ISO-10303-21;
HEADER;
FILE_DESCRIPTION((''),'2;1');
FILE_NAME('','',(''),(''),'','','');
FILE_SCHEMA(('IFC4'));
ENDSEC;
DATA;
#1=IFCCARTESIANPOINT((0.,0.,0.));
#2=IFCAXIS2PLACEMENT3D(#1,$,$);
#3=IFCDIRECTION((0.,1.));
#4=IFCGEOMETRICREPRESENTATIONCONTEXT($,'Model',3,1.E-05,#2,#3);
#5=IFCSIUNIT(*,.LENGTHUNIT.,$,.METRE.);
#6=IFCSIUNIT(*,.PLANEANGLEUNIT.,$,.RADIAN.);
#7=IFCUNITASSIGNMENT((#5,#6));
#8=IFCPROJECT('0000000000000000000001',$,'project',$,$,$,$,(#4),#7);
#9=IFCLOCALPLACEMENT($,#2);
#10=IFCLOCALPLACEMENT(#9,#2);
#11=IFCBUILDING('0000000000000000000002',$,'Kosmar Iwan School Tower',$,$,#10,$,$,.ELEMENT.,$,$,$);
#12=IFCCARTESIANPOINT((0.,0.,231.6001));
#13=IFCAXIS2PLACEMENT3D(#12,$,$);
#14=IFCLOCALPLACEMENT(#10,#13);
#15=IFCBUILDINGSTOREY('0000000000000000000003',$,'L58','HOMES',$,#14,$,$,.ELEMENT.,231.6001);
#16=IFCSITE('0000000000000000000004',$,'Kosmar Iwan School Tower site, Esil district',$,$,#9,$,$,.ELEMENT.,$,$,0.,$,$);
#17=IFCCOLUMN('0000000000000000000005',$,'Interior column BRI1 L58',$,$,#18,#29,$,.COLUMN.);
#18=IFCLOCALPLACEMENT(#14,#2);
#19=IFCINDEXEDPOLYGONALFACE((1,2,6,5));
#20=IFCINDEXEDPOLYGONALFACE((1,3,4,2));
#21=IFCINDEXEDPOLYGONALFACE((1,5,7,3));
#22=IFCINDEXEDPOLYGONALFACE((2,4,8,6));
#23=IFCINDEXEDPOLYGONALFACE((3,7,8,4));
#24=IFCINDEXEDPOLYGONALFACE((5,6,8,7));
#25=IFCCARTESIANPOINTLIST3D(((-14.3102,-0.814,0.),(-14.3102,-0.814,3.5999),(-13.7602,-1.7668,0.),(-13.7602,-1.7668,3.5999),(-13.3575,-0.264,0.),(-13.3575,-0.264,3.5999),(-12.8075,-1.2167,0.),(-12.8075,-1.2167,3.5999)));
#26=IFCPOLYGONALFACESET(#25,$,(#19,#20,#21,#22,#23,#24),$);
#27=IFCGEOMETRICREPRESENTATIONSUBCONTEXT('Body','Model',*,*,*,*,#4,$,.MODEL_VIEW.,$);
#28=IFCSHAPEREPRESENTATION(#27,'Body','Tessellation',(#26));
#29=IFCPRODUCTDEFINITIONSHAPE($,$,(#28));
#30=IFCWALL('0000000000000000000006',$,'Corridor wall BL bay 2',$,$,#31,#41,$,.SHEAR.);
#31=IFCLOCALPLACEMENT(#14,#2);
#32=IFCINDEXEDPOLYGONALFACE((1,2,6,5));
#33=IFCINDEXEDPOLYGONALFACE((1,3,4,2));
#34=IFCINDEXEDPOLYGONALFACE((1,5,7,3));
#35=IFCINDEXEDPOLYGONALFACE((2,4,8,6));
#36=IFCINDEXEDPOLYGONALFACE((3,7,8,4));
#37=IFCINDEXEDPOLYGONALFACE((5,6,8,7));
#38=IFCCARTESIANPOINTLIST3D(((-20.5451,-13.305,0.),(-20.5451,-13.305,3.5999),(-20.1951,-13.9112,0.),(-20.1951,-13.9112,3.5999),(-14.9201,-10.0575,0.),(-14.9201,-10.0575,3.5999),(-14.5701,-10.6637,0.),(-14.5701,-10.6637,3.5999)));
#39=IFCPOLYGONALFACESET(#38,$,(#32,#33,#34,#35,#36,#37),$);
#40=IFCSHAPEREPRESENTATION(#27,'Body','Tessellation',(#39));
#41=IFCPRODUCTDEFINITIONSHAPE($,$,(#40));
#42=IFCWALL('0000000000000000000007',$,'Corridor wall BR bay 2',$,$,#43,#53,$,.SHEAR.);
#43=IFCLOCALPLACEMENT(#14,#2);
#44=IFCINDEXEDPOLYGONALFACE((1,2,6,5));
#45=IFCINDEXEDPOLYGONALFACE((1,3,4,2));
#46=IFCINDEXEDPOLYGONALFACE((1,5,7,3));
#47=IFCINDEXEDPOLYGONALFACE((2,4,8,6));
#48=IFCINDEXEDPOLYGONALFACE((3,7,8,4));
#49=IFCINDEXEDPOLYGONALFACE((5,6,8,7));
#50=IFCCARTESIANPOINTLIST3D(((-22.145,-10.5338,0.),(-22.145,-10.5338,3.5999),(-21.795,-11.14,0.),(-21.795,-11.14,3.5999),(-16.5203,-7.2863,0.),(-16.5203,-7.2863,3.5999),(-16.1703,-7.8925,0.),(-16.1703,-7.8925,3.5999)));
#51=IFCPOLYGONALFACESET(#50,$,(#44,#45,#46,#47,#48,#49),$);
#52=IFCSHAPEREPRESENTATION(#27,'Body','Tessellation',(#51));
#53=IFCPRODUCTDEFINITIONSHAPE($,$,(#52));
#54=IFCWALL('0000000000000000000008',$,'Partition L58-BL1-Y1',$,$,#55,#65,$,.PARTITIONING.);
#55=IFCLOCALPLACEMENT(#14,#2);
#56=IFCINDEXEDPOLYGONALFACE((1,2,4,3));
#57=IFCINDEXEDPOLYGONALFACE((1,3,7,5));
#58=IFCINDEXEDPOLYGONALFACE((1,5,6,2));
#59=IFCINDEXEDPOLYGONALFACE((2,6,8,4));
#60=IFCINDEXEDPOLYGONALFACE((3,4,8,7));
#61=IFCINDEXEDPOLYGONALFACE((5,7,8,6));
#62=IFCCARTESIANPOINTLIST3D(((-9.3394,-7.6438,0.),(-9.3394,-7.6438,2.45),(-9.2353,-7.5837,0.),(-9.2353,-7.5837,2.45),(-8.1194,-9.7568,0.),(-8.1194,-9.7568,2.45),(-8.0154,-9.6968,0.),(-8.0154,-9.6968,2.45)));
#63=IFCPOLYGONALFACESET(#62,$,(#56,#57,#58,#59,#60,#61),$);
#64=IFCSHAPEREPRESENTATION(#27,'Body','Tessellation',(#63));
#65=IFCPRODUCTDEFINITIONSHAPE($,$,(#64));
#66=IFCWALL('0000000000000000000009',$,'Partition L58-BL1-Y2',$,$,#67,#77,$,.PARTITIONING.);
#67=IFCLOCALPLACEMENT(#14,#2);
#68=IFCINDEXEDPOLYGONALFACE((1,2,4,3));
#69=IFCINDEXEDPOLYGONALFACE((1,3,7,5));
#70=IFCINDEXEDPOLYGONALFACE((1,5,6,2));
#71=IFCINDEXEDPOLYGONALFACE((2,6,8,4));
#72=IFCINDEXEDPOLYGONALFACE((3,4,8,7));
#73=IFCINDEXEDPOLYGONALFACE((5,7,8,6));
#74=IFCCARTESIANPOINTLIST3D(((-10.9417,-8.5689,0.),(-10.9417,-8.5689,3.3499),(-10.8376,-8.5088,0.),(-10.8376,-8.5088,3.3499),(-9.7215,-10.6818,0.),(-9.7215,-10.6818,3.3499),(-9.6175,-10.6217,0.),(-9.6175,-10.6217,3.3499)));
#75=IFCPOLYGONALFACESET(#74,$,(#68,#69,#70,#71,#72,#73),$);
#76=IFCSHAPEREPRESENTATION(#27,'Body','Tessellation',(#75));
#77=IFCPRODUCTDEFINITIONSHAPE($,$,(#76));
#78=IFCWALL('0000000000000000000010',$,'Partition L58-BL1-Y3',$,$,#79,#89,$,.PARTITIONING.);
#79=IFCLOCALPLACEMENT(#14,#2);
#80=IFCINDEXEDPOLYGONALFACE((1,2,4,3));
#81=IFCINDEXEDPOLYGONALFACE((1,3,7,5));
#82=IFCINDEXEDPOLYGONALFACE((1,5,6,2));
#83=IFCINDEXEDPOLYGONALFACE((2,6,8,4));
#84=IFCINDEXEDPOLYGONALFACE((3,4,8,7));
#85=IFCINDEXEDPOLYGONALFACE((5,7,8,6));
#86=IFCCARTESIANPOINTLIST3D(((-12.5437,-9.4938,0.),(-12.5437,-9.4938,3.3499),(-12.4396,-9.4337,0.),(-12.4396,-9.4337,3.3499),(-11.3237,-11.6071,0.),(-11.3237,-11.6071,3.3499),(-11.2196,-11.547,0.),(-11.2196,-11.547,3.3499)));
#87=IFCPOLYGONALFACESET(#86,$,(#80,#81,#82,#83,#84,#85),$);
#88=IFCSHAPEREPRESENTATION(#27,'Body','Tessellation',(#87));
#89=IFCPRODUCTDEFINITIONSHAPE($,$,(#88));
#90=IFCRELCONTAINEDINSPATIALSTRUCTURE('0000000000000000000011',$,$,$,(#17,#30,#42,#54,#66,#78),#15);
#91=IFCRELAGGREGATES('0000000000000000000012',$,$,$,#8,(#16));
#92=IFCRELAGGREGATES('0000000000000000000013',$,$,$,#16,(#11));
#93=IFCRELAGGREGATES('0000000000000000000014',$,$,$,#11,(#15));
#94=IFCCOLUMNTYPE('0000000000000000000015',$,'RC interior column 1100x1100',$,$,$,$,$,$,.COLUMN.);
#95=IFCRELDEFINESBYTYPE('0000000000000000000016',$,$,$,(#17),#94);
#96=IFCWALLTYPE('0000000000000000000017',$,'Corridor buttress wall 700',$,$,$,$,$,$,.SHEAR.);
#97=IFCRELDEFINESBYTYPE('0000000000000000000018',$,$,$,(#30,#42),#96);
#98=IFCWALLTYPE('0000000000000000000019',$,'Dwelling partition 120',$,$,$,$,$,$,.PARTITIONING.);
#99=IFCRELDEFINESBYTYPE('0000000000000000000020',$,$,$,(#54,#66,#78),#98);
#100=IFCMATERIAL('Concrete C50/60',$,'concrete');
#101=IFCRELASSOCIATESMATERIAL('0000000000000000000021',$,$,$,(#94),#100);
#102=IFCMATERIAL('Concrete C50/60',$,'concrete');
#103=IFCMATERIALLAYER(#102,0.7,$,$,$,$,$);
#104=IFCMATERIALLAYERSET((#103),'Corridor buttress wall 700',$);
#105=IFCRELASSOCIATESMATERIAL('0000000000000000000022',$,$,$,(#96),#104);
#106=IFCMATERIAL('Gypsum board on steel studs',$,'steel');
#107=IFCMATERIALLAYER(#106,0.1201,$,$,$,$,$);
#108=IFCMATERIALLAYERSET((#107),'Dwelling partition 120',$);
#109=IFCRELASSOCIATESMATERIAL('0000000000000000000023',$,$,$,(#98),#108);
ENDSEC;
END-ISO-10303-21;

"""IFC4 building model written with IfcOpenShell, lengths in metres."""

from ifc_helpers import new_model, si_unit, direction, frame, frame_2d, origin, origin_2d, place, context, subcontext, project, spatial, rectangle, extrude, material, layer, layer_set, material_profile, profile_set, type_object, element, save


model = new_model("IFC4")

# Units and contexts
model_context = context("Model", 3, precision=1e-05, world=origin(), true_north=direction((0.0, 1.0)))
body_context = subcontext(model_context, "Body", "Model", "MODEL_VIEW")
ifc_project = project(units=[si_unit("LENGTHUNIT", "METRE"), si_unit("PLANEANGLEUNIT", "RADIAN")], contexts=[model_context])

# Site, building, storey
site_placement = place(None, origin())
site = spatial("IfcSite", under=ifc_project, at=site_placement, Name="Kosmar Iwan School Tower site, Esil district", CompositionType="ELEMENT", RefElevation=0.0)
building_placement = place(site_placement, origin())
building = spatial("IfcBuilding", under=site, at=building_placement, Name="Kosmar Iwan School Tower", CompositionType="ELEMENT")
storey_placement = place(building_placement, frame((0.0, 0.0, 231.6001)))
storey = spatial("IfcBuildingStorey", under=building, at=storey_placement, Name="L58", Description="HOMES", CompositionType="ELEMENT", Elevation=231.6001)

# Column
ifc_material_1 = material(Name="Concrete C50/60", Category="concrete")
ifc_material_profile = material_profile(ifc_material_1, rectangle(XDim=1.1001, YDim=1.1001, at=origin_2d()), Name="RC 1100x1100")
ifc_profile_set = profile_set([ifc_material_profile], Name="Concrete C50/60")
column_type = type_object("IfcColumnType", Name="RC interior column 1100x1100", PredefinedType="COLUMN", material=ifc_profile_set)
column_placement = place(storey_placement, frame((-13.5588, -1.0154, 0.0), z_axis=(0.0, 0.0, 1.0), x_axis=(-0.866025, -0.5, 0.0)))
element("IfcColumn", 1, at=column_placement, inside=storey, type_object=column_type, Name="Interior column BRI1 L58", PredefinedType="COLUMN", context=body_context, shape_type="SweptSolid", body=[
    extrude(rectangle(XDim=1.1001, YDim=1.1001, at=origin_2d()), origin(), (0.0, 0.0, 1.0), 3.5999),
])

# Walls
ifc_material_2 = material(Name="Concrete C50/60", Category="concrete")
ifc_layer_1 = layer(ifc_material_2, 0.7)
ifc_layer_set_1 = layer_set([ifc_layer_1], Name="Corridor buttress wall 700")
wall_type_1 = type_object("IfcWallType", Name="Corridor buttress wall 700", PredefinedType="SHEAR", material=ifc_layer_set_1)
wall_1_placement = place(storey_placement, frame((-14.7451, -10.3606, 0.0), z_axis=(0.0, 0.0, 1.0), x_axis=(-0.866028, -0.499996, 0.0)))
element("IfcWall", 2, at=wall_1_placement, inside=storey, type_object=wall_type_1, Name="Corridor wall BL bay 2", PredefinedType="SHEAR", context=body_context, shape_type="SweptSolid", body=[
    extrude(rectangle(XDim=6.4951, YDim=0.7, at=frame_2d((3.2476, 0.0))), origin(), (0.0, 0.0, 1.0), 3.5999),
])
wall_2_placement = place(storey_placement, frame((-16.3452, -7.5894, 0.0), z_axis=(0.0, 0.0, 1.0), x_axis=(-0.866018, -0.500012, 0.0)))
element("IfcWall", 3, at=wall_2_placement, inside=storey, type_object=wall_type_1, Name="Corridor wall BR bay 2", PredefinedType="SHEAR", context=body_context, shape_type="SweptSolid", body=[
    extrude(rectangle(XDim=6.4949, YDim=0.7, at=frame_2d((3.2476, 0.0))), origin(), (0.0, 0.0, 1.0), 3.5999),
])
ifc_material_3 = material(Name="Gypsum board on steel studs", Category="steel")
ifc_layer_2 = layer(ifc_material_3, 0.1201)
ifc_layer_set_2 = layer_set([ifc_layer_2], Name="Dwelling partition 120")
wall_type_2 = type_object("IfcWallType", Name="Dwelling partition 120", PredefinedType="PARTITIONING", material=ifc_layer_set_2)
wall_3_placement = place(storey_placement, frame((-9.2874, -7.6138, 0.0), z_axis=(0.0, 0.0, 1.0), x_axis=(0.500003, -0.866024, 0.0)))
element("IfcWall", 4, at=wall_3_placement, inside=storey, type_object=wall_type_2, Name="Partition L58-BL1-Y1", PredefinedType="PARTITIONING", context=body_context, shape_type="SweptSolid", body=[
    extrude(rectangle(XDim=2.4399, YDim=0.1201, at=frame_2d((1.22, 0.0))), origin(), (0.0, 0.0, 1.0), 2.45),
])
wall_4_placement = place(storey_placement, frame((-10.8896, -8.5388, 0.0), z_axis=(0.0, 0.0, 1.0), x_axis=(0.500078, -0.865981, 0.0)))
element("IfcWall", 5, at=wall_4_placement, inside=storey, type_object=wall_type_2, Name="Partition L58-BL1-Y2", PredefinedType="PARTITIONING", context=body_context, shape_type="SweptSolid", body=[
    extrude(rectangle(XDim=2.4399, YDim=0.1201, at=frame_2d((1.22, 0.0))), origin(), (0.0, 0.0, 1.0), 3.3499),
])
wall_5_placement = place(storey_placement, frame((-12.4917, -9.4636, 0.0), z_axis=(0.0, 0.0, 1.0), x_axis=(0.499959, -0.866049, 0.0)))
element("IfcWall", 6, at=wall_5_placement, inside=storey, type_object=wall_type_2, Name="Partition L58-BL1-Y3", PredefinedType="PARTITIONING", context=body_context, shape_type="SweptSolid", body=[
    extrude(rectangle(XDim=2.4402, YDim=0.1201, at=frame_2d((1.2202, 0.0))), origin(), (0.0, 0.0, 1.0), 3.3499),
])

save(model, "model.ifc")
